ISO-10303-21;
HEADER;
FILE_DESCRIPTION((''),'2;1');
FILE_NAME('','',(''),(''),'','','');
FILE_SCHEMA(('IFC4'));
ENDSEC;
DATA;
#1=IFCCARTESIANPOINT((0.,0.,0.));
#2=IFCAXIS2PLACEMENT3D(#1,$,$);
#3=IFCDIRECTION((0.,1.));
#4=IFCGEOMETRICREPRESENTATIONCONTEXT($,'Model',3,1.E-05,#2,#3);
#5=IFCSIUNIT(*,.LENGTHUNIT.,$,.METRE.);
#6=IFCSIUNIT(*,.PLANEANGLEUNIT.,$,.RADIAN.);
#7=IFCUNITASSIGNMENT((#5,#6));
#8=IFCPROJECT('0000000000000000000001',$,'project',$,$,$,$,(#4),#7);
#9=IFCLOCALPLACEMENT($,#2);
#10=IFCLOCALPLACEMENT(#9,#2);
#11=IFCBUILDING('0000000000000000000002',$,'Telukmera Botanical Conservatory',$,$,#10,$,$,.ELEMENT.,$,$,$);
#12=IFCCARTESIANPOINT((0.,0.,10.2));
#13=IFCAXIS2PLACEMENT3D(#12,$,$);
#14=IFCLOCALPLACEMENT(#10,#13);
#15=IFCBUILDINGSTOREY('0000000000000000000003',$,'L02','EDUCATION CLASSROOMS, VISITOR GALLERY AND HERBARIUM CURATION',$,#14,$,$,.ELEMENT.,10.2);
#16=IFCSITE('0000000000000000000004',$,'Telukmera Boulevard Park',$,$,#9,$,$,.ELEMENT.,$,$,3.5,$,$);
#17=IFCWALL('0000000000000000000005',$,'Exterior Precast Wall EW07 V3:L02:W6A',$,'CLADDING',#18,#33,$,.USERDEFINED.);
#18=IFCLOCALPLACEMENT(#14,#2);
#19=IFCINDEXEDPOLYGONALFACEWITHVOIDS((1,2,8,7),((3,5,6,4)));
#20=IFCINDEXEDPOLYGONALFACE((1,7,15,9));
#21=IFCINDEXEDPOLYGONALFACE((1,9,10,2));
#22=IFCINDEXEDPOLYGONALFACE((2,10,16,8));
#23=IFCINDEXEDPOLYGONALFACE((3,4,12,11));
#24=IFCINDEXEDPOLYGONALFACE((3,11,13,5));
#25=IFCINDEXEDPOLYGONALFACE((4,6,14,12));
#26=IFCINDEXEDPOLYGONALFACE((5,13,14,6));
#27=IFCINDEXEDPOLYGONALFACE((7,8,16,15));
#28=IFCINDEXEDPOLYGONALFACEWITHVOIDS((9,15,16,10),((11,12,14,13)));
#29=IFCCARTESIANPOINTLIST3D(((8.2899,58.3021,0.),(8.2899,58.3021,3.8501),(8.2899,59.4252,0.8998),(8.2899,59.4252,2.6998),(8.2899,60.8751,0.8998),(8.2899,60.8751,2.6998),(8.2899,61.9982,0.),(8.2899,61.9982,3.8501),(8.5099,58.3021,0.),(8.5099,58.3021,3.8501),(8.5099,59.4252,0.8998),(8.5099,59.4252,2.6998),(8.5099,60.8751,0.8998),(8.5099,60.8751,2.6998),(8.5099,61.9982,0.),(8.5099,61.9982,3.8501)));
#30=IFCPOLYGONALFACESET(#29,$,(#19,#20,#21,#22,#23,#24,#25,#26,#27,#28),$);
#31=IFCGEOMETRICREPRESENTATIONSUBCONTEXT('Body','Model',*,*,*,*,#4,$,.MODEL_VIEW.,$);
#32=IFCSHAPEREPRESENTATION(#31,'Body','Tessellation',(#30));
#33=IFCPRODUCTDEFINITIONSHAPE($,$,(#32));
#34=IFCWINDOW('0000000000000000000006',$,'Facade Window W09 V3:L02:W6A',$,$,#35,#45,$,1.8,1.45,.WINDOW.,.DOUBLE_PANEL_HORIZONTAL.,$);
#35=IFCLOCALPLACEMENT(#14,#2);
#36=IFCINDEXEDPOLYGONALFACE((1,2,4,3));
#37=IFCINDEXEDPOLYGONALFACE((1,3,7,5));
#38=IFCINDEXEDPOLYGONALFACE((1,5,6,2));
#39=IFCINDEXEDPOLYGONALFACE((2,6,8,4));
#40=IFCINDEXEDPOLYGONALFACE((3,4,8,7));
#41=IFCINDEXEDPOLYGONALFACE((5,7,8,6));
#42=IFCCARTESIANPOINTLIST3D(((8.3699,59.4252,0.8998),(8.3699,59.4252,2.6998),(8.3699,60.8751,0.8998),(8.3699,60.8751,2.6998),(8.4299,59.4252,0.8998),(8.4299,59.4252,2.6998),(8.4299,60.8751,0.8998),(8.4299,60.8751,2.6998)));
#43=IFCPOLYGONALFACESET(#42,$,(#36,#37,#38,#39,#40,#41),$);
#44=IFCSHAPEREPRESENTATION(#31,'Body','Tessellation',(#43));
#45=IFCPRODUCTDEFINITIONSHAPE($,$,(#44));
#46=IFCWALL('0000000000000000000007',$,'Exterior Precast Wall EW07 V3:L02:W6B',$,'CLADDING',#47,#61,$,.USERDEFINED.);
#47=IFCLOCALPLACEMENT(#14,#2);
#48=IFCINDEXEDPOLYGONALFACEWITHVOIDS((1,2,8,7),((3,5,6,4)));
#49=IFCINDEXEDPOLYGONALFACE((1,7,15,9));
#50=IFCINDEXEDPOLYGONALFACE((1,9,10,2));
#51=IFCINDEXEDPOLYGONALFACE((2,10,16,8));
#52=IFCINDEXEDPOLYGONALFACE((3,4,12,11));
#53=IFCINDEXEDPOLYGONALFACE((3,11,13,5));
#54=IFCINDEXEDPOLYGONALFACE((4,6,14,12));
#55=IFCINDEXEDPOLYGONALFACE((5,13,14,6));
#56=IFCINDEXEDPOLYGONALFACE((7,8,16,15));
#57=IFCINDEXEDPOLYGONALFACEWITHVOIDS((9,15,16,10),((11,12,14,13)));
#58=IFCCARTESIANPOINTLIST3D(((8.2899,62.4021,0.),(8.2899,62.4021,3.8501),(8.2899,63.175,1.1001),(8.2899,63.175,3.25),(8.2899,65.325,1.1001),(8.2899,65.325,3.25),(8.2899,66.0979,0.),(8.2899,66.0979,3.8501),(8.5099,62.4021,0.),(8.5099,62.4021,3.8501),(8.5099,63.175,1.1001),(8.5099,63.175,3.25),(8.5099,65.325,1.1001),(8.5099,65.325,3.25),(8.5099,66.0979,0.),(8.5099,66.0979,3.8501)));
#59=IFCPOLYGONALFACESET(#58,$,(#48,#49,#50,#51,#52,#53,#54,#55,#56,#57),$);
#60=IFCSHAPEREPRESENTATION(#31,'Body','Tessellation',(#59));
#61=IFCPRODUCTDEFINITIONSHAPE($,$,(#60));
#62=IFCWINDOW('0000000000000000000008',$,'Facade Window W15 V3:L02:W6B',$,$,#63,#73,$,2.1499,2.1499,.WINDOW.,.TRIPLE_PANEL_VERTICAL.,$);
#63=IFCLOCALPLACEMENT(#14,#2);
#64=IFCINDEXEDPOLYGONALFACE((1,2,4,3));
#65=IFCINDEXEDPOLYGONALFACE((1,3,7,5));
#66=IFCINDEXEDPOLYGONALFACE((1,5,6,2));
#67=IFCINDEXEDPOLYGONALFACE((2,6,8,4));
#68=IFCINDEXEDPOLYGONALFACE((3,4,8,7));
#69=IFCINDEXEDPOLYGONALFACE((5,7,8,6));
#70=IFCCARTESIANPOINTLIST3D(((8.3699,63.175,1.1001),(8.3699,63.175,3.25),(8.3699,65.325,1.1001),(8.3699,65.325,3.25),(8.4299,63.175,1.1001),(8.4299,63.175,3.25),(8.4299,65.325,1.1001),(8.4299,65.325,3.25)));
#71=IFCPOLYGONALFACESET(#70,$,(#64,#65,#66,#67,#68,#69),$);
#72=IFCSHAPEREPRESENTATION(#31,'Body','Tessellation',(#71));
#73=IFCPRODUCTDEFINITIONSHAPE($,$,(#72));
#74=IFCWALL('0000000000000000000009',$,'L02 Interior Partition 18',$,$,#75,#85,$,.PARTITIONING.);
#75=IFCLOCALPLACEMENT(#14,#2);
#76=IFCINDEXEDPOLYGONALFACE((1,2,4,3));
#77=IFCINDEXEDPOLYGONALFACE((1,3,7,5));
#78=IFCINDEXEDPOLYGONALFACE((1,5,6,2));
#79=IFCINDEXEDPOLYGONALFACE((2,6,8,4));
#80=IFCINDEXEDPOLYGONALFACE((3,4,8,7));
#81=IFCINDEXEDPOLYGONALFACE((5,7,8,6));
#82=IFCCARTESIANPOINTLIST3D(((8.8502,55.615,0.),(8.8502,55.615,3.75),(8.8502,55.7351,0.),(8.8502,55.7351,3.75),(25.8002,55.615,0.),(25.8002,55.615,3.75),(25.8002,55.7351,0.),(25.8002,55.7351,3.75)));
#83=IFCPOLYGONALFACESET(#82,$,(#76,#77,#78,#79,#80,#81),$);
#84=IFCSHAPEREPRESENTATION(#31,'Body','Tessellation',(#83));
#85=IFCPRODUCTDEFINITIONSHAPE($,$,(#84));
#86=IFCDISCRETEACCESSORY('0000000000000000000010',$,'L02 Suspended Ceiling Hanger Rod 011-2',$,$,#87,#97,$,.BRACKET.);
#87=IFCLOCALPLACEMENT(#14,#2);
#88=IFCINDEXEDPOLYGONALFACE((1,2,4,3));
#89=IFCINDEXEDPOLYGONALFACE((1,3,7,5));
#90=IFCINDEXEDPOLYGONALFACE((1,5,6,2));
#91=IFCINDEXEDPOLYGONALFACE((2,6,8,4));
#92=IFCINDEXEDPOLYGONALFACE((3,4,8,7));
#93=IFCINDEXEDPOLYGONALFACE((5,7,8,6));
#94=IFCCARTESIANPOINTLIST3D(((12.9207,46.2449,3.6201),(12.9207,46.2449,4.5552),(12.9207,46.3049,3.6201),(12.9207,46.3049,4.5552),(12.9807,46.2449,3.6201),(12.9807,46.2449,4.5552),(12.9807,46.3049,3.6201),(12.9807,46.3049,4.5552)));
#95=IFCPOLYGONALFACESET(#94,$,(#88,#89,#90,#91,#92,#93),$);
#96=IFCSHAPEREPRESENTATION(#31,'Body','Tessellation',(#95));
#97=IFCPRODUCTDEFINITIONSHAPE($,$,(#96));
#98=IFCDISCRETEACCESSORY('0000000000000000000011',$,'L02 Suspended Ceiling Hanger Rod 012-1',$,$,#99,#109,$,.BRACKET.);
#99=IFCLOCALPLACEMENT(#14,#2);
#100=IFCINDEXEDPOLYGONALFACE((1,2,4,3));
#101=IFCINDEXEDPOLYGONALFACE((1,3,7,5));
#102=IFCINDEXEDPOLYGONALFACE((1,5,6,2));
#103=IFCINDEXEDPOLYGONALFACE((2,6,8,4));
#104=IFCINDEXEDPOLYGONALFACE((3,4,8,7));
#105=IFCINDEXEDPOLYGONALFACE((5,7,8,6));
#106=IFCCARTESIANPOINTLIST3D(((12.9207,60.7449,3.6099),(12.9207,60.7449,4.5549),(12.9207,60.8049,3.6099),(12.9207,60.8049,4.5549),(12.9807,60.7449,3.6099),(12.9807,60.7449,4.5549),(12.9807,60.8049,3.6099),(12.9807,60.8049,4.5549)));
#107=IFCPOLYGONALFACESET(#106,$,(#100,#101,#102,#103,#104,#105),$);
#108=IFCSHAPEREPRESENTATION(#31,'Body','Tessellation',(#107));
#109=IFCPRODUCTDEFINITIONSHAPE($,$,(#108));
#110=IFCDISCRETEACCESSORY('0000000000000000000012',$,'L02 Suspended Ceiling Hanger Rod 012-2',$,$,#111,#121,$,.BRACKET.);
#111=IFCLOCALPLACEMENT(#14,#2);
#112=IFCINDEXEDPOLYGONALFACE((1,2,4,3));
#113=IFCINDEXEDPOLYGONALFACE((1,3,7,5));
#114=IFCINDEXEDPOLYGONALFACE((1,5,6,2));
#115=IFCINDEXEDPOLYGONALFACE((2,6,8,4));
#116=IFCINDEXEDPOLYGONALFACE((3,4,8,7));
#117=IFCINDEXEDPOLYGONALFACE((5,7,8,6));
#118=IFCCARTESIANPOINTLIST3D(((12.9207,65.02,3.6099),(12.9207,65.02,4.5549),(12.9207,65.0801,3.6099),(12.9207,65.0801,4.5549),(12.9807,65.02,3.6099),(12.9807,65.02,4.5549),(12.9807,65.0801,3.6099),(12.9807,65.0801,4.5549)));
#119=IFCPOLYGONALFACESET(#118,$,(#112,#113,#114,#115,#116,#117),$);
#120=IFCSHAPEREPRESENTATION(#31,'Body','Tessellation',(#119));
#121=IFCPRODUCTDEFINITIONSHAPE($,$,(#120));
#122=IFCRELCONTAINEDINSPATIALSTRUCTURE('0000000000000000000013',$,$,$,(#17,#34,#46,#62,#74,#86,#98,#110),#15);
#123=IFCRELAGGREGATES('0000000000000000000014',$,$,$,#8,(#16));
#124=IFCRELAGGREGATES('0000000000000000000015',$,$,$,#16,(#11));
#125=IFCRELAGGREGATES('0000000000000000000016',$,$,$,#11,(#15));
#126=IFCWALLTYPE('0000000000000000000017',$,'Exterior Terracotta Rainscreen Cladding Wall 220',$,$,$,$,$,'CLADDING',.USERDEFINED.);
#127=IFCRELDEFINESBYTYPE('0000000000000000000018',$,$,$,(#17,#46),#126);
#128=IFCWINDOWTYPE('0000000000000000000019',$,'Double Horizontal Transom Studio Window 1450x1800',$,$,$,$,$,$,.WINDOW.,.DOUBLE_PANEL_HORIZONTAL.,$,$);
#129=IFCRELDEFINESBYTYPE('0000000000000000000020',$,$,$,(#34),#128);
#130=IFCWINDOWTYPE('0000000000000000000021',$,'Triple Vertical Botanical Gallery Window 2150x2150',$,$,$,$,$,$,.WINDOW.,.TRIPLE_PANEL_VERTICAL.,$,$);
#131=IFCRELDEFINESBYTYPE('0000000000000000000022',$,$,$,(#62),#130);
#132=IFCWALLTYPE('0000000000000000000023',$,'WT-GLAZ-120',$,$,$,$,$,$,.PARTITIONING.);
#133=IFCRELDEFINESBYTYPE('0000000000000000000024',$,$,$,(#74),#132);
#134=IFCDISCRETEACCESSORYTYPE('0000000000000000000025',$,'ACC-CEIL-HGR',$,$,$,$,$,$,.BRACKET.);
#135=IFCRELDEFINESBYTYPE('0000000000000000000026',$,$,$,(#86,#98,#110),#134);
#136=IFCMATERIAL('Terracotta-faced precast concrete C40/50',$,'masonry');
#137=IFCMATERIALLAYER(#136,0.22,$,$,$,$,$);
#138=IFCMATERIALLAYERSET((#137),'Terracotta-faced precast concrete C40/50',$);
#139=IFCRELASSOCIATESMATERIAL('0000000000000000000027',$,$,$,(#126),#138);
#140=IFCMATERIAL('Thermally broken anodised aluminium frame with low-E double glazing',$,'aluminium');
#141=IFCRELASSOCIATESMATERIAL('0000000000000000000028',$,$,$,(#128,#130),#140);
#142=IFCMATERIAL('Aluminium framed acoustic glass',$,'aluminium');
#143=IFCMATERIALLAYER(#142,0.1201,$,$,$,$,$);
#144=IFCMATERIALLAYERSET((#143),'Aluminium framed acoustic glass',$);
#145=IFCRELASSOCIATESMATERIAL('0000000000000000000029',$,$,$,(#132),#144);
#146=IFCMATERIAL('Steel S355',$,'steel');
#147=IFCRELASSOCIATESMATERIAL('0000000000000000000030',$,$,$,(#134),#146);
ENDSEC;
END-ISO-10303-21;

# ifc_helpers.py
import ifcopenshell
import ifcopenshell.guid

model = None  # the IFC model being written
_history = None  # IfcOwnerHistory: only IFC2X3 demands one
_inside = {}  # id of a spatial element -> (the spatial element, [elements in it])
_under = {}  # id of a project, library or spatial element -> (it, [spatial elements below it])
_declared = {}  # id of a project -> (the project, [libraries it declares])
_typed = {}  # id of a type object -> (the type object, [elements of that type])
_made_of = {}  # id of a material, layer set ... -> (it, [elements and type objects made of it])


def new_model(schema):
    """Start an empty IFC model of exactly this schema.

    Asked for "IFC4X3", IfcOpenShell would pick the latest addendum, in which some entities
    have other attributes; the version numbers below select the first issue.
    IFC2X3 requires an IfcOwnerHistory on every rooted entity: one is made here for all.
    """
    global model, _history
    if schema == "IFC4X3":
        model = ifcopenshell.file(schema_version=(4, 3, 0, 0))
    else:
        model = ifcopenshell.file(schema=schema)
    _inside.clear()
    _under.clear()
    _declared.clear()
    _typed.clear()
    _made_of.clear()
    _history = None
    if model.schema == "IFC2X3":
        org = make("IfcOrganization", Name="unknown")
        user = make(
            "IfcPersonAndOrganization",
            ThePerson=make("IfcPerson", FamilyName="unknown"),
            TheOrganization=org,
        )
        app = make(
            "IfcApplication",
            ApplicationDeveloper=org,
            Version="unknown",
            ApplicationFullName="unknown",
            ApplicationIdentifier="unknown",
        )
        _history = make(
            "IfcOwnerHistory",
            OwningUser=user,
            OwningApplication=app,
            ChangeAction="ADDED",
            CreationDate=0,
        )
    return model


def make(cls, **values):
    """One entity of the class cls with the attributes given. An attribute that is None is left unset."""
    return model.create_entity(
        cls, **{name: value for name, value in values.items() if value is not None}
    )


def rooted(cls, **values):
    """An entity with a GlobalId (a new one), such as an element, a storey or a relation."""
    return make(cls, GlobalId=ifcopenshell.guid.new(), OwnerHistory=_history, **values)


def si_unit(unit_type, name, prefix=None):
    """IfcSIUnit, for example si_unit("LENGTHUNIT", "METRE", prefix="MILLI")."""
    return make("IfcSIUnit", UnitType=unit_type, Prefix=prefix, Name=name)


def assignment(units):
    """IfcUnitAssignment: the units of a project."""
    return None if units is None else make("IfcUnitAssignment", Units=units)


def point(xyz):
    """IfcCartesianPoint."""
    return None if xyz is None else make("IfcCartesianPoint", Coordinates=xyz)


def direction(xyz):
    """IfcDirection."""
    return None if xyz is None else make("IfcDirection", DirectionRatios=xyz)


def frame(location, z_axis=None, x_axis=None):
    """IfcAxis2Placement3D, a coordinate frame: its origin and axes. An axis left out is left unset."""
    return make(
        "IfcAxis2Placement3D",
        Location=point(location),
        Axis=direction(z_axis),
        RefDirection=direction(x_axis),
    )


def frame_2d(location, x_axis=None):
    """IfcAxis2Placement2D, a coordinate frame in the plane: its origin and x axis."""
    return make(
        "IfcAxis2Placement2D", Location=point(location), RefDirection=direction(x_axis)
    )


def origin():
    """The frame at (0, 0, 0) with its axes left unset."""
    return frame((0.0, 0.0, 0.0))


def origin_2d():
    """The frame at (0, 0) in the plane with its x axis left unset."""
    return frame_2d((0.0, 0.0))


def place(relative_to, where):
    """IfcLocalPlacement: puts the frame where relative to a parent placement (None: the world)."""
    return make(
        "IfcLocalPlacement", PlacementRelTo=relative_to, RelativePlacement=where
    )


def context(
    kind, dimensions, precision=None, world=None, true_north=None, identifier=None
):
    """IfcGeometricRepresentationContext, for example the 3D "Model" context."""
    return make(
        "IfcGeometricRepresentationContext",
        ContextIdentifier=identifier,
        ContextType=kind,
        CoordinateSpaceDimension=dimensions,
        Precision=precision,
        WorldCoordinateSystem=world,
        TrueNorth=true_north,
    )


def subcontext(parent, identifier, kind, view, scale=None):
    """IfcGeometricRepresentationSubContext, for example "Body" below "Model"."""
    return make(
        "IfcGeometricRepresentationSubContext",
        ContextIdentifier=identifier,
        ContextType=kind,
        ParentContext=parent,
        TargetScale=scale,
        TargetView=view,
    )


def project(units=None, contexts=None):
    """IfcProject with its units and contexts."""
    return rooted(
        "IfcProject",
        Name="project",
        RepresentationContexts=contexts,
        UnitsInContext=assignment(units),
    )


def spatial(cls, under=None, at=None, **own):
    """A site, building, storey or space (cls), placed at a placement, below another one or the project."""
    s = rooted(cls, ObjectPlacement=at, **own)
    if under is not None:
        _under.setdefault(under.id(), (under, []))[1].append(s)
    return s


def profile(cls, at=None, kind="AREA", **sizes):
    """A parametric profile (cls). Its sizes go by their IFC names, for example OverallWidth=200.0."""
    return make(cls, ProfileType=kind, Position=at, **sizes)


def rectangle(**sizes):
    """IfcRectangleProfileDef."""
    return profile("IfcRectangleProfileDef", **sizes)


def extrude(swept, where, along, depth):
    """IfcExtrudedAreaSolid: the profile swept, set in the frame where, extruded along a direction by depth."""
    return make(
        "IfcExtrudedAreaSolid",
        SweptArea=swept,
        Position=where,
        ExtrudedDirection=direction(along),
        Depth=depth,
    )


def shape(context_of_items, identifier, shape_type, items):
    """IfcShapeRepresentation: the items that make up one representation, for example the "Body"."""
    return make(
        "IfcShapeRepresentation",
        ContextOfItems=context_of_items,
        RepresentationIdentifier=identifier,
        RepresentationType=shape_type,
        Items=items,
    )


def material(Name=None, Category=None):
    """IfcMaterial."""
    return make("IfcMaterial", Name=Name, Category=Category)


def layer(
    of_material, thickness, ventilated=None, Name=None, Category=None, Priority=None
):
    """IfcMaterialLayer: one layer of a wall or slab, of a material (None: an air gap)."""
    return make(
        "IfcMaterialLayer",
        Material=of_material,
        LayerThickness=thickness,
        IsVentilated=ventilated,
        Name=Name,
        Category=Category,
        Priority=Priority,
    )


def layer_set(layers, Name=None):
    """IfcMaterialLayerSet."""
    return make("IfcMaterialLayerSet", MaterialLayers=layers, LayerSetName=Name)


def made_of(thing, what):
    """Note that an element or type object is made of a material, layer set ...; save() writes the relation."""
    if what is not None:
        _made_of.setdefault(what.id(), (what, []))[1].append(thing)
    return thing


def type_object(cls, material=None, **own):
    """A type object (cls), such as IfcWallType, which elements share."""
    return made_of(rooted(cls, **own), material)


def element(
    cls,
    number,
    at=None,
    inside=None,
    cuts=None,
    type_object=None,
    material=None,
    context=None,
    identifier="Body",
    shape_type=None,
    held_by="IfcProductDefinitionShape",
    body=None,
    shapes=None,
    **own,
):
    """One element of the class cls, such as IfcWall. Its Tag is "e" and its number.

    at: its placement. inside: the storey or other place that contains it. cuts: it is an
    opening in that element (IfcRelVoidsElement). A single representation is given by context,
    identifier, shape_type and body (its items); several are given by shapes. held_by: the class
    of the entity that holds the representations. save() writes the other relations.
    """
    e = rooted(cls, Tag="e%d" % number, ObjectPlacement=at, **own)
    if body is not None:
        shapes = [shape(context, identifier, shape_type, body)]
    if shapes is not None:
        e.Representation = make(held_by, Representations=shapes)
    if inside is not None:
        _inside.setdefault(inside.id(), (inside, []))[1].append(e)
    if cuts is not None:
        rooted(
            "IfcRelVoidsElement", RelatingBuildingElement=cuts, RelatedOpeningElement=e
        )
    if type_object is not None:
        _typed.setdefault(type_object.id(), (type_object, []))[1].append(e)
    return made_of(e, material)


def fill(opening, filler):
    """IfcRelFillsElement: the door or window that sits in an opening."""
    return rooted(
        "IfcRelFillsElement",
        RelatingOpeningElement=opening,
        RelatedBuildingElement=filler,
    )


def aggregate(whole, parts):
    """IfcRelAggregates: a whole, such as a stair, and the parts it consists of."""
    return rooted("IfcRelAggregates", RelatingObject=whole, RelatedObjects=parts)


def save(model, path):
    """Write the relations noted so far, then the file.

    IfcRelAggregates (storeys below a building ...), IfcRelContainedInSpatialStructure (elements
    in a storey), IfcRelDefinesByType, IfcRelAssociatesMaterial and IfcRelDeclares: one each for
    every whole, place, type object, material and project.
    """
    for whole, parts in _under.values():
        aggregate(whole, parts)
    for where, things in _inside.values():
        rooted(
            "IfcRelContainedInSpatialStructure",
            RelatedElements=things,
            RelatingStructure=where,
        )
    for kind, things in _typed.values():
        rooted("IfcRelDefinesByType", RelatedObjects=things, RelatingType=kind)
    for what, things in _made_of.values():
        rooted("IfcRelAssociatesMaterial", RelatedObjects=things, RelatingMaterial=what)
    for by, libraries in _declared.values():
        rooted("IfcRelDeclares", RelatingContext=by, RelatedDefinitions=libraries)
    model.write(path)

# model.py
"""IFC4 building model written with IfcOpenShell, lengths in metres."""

from ifc_helpers import new_model, si_unit, direction, frame, frame_2d, origin, origin_2d, place, context, subcontext, project, spatial, rectangle, extrude, material, layer, layer_set, type_object, element, fill, save


model = new_model("IFC4")

# Units and contexts
model_context = context("Model", 3, precision=1e-05, world=origin(), true_north=direction((0.0, 1.0)))
body_context = subcontext(model_context, "Body", "Model", "MODEL_VIEW")
ifc_project = project(units=[si_unit("LENGTHUNIT", "METRE"), si_unit("PLANEANGLEUNIT", "RADIAN")], contexts=[model_context])

# Site, building, storey
site_placement = place(None, origin())
site = spatial("IfcSite", under=ifc_project, at=site_placement, Name="Telukmera Boulevard Park", CompositionType="ELEMENT", RefElevation=3.5)
building_placement = place(site_placement, origin())
building = spatial("IfcBuilding", under=site, at=building_placement, Name="Telukmera Botanical Conservatory", CompositionType="ELEMENT")
storey_placement = place(building_placement, frame((0.0, 0.0, 10.2)))
storey = spatial("IfcBuildingStorey", under=building, at=storey_placement, Name="L02", Description="EDUCATION CLASSROOMS, VISITOR GALLERY AND HERBARIUM CURATION", CompositionType="ELEMENT", Elevation=10.2)

# Walls, openings, windows
ifc_material_1 = material(Name="Terracotta-faced precast concrete C40/50", Category="masonry")
ifc_layer_1 = layer(ifc_material_1, 0.22)
ifc_layer_set_1 = layer_set([ifc_layer_1], Name="Terracotta-faced precast concrete C40/50")
wall_type_1 = type_object("IfcWallType", Name="Exterior Terracotta Rainscreen Cladding Wall 220", ElementType="CLADDING", PredefinedType="USERDEFINED", material=ifc_layer_set_1)
wall_1_placement = place(storey_placement, frame((8.3999, 58.302, 0.0), z_axis=(0.0, 0.0, 1.0), x_axis=(0.0, 1.0, 0.0)))
wall_1 = element("IfcWall", 1, at=wall_1_placement, inside=storey, type_object=wall_type_1, Name="Exterior Precast Wall EW07 V3:L02:W6A", ObjectType="CLADDING", PredefinedType="USERDEFINED", context=body_context, shape_type="SweptSolid", body=[
    extrude(rectangle(XDim=3.696, YDim=0.22, at=frame_2d((1.8481, 0.0))), origin(), (0.0, 0.0, 1.0), 3.8501),
])
opening_1_placement = place(wall_1_placement, frame((1.123, 0.0, 0.8999)))
opening_1 = element("IfcOpeningElement", 2, at=opening_1_placement, cuts=wall_1, PredefinedType="OPENING", context=body_context, shape_type="SweptSolid", body=[
    extrude(rectangle(XDim=1.45, YDim=1.8, at=frame_2d((0.7251, 0.8999))), frame((0.0, 0.1199, 0.0), z_axis=(0.0, -1.0, 0.0), x_axis=(1.0, 0.0, 0.0)), (0.0, 0.0, 1.0), 0.24),
])
ifc_material_2 = material(Name="Thermally broken anodised aluminium frame with low-E double glazing", Category="aluminium")
window_type_1 = type_object("IfcWindowType", Name="Double Horizontal Transom Studio Window 1450x1800", PartitioningType="DOUBLE_PANEL_HORIZONTAL", PredefinedType="WINDOW", material=ifc_material_2)
window_1_placement = place(opening_1_placement, origin())
window_1 = element("IfcWindow", 3, at=window_1_placement, inside=storey, type_object=window_type_1, Name="Facade Window W09 V3:L02:W6A", OverallHeight=1.8, OverallWidth=1.45, PartitioningType="DOUBLE_PANEL_HORIZONTAL", PredefinedType="WINDOW", context=body_context, shape_type="SweptSolid", body=[
    extrude(rectangle(XDim=1.45, YDim=1.8, at=frame_2d((0.7251, 0.8999))), frame((0.0, 0.03, 0.0), z_axis=(0.0, -1.0, 0.0), x_axis=(1.0, 0.0, 0.0)), (0.0, 0.0, 1.0), 0.0601),
])
fill(opening_1, window_1)
wall_2_placement = place(storey_placement, frame((8.3999, 62.4021, 0.0), z_axis=(0.0, 0.0, 1.0), x_axis=(0.0, 1.0, 0.0)))
wall_2 = element("IfcWall", 4, at=wall_2_placement, inside=storey, type_object=wall_type_1, Name="Exterior Precast Wall EW07 V3:L02:W6B", ObjectType="CLADDING", PredefinedType="USERDEFINED", context=body_context, shape_type="SweptSolid", body=[
    extrude(rectangle(XDim=3.6958, YDim=0.22, at=frame_2d((1.8479, 0.0))), origin(), (0.0, 0.0, 1.0), 3.8501),
])
opening_2_placement = place(wall_2_placement, frame((0.7729, 0.0, 1.1001)))
opening_2 = element("IfcOpeningElement", 5, at=opening_2_placement, cuts=wall_2, PredefinedType="OPENING", context=body_context, shape_type="SweptSolid", body=[
    extrude(rectangle(XDim=2.1499, YDim=2.1499, at=frame_2d((1.075, 1.075))), frame((0.0, 0.1199, 0.0), z_axis=(0.0, -1.0, 0.0), x_axis=(1.0, 0.0, 0.0)), (0.0, 0.0, 1.0), 0.24),
])
window_type_2 = type_object("IfcWindowType", Name="Triple Vertical Botanical Gallery Window 2150x2150", PartitioningType="TRIPLE_PANEL_VERTICAL", PredefinedType="WINDOW", material=ifc_material_2)
window_2_placement = place(opening_2_placement, origin())
window_2 = element("IfcWindow", 6, at=window_2_placement, inside=storey, type_object=window_type_2, Name="Facade Window W15 V3:L02:W6B", OverallHeight=2.1499, OverallWidth=2.1499, PartitioningType="TRIPLE_PANEL_VERTICAL", PredefinedType="WINDOW", context=body_context, shape_type="SweptSolid", body=[
    extrude(rectangle(XDim=2.1499, YDim=2.1499, at=frame_2d((1.075, 1.075))), frame((0.0, 0.03, 0.0), z_axis=(0.0, -1.0, 0.0), x_axis=(1.0, 0.0, 0.0)), (0.0, 0.0, 1.0), 0.0601),
])
fill(opening_2, window_2)

# Wall
ifc_material_3 = material(Name="Aluminium framed acoustic glass", Category="aluminium")
ifc_layer_2 = layer(ifc_material_3, 0.1201)
ifc_layer_set_2 = layer_set([ifc_layer_2], Name="Aluminium framed acoustic glass")
wall_type_2 = type_object("IfcWallType", Name="WT-GLAZ-120", PredefinedType="PARTITIONING", material=ifc_layer_set_2)
wall_3_placement = place(storey_placement, frame((8.8501, 55.675, 0.0), z_axis=(0.0, 0.0, 1.0), x_axis=(1.0, 0.0, 0.0)))
element("IfcWall", 7, at=wall_3_placement, inside=storey, type_object=wall_type_2, Name="L02 Interior Partition 18", PredefinedType="PARTITIONING", context=body_context, shape_type="SweptSolid", body=[
    extrude(rectangle(XDim=16.95, YDim=0.1201, at=frame_2d((8.4751, 0.0))), origin(), (0.0, 0.0, 1.0), 3.75),
])

# Discrete accessories
ifc_material_4 = material(Name="Steel S355", Category="steel")
discrete_accessory_type = type_object("IfcDiscreteAccessoryType", Name="ACC-CEIL-HGR", PredefinedType="BRACKET", material=ifc_material_4)
discrete_accessory_placement = place(storey_placement, frame((12.9507, 46.2749, 3.6201), z_axis=(0.0, 0.0, 1.0), x_axis=(1.0, 0.0, 0.0)))
element("IfcDiscreteAccessory", 8, at=discrete_accessory_placement, inside=storey, type_object=discrete_accessory_type, Name="L02 Suspended Ceiling Hanger Rod 011-2", PredefinedType="BRACKET", context=body_context, shape_type="SweptSolid", body=[
    extrude(rectangle(XDim=0.0601, YDim=0.0601, at=origin_2d()), origin(), (0.0, 0.0, 1.0), 0.9351),
])
for number, where, z_axis, x_axis, name in (
    (9, (12.9507, 60.7749, 3.6099), (0.0, 0.0, 1.0), (1.0, 0.0, 0.0), "L02 Suspended Ceiling Hanger Rod 012-1"),
    (10, (12.9507, 65.05, 3.6099), (0.0, 0.0, 1.0), (1.0, 0.0, 0.0), "L02 Suspended Ceiling Hanger Rod 012-2"),
):
    element("IfcDiscreteAccessory", number, at=place(storey_placement, frame(where, z_axis=z_axis, x_axis=x_axis)), inside=storey, type_object=discrete_accessory_type, Name=name, PredefinedType="BRACKET", context=body_context, shape_type="SweptSolid", body=[
        extrude(rectangle(XDim=0.0601, YDim=0.0601, at=origin_2d()), origin(), (0.0, 0.0, 1.0), 0.9451),
    ])

save(model, "model.ifc")
